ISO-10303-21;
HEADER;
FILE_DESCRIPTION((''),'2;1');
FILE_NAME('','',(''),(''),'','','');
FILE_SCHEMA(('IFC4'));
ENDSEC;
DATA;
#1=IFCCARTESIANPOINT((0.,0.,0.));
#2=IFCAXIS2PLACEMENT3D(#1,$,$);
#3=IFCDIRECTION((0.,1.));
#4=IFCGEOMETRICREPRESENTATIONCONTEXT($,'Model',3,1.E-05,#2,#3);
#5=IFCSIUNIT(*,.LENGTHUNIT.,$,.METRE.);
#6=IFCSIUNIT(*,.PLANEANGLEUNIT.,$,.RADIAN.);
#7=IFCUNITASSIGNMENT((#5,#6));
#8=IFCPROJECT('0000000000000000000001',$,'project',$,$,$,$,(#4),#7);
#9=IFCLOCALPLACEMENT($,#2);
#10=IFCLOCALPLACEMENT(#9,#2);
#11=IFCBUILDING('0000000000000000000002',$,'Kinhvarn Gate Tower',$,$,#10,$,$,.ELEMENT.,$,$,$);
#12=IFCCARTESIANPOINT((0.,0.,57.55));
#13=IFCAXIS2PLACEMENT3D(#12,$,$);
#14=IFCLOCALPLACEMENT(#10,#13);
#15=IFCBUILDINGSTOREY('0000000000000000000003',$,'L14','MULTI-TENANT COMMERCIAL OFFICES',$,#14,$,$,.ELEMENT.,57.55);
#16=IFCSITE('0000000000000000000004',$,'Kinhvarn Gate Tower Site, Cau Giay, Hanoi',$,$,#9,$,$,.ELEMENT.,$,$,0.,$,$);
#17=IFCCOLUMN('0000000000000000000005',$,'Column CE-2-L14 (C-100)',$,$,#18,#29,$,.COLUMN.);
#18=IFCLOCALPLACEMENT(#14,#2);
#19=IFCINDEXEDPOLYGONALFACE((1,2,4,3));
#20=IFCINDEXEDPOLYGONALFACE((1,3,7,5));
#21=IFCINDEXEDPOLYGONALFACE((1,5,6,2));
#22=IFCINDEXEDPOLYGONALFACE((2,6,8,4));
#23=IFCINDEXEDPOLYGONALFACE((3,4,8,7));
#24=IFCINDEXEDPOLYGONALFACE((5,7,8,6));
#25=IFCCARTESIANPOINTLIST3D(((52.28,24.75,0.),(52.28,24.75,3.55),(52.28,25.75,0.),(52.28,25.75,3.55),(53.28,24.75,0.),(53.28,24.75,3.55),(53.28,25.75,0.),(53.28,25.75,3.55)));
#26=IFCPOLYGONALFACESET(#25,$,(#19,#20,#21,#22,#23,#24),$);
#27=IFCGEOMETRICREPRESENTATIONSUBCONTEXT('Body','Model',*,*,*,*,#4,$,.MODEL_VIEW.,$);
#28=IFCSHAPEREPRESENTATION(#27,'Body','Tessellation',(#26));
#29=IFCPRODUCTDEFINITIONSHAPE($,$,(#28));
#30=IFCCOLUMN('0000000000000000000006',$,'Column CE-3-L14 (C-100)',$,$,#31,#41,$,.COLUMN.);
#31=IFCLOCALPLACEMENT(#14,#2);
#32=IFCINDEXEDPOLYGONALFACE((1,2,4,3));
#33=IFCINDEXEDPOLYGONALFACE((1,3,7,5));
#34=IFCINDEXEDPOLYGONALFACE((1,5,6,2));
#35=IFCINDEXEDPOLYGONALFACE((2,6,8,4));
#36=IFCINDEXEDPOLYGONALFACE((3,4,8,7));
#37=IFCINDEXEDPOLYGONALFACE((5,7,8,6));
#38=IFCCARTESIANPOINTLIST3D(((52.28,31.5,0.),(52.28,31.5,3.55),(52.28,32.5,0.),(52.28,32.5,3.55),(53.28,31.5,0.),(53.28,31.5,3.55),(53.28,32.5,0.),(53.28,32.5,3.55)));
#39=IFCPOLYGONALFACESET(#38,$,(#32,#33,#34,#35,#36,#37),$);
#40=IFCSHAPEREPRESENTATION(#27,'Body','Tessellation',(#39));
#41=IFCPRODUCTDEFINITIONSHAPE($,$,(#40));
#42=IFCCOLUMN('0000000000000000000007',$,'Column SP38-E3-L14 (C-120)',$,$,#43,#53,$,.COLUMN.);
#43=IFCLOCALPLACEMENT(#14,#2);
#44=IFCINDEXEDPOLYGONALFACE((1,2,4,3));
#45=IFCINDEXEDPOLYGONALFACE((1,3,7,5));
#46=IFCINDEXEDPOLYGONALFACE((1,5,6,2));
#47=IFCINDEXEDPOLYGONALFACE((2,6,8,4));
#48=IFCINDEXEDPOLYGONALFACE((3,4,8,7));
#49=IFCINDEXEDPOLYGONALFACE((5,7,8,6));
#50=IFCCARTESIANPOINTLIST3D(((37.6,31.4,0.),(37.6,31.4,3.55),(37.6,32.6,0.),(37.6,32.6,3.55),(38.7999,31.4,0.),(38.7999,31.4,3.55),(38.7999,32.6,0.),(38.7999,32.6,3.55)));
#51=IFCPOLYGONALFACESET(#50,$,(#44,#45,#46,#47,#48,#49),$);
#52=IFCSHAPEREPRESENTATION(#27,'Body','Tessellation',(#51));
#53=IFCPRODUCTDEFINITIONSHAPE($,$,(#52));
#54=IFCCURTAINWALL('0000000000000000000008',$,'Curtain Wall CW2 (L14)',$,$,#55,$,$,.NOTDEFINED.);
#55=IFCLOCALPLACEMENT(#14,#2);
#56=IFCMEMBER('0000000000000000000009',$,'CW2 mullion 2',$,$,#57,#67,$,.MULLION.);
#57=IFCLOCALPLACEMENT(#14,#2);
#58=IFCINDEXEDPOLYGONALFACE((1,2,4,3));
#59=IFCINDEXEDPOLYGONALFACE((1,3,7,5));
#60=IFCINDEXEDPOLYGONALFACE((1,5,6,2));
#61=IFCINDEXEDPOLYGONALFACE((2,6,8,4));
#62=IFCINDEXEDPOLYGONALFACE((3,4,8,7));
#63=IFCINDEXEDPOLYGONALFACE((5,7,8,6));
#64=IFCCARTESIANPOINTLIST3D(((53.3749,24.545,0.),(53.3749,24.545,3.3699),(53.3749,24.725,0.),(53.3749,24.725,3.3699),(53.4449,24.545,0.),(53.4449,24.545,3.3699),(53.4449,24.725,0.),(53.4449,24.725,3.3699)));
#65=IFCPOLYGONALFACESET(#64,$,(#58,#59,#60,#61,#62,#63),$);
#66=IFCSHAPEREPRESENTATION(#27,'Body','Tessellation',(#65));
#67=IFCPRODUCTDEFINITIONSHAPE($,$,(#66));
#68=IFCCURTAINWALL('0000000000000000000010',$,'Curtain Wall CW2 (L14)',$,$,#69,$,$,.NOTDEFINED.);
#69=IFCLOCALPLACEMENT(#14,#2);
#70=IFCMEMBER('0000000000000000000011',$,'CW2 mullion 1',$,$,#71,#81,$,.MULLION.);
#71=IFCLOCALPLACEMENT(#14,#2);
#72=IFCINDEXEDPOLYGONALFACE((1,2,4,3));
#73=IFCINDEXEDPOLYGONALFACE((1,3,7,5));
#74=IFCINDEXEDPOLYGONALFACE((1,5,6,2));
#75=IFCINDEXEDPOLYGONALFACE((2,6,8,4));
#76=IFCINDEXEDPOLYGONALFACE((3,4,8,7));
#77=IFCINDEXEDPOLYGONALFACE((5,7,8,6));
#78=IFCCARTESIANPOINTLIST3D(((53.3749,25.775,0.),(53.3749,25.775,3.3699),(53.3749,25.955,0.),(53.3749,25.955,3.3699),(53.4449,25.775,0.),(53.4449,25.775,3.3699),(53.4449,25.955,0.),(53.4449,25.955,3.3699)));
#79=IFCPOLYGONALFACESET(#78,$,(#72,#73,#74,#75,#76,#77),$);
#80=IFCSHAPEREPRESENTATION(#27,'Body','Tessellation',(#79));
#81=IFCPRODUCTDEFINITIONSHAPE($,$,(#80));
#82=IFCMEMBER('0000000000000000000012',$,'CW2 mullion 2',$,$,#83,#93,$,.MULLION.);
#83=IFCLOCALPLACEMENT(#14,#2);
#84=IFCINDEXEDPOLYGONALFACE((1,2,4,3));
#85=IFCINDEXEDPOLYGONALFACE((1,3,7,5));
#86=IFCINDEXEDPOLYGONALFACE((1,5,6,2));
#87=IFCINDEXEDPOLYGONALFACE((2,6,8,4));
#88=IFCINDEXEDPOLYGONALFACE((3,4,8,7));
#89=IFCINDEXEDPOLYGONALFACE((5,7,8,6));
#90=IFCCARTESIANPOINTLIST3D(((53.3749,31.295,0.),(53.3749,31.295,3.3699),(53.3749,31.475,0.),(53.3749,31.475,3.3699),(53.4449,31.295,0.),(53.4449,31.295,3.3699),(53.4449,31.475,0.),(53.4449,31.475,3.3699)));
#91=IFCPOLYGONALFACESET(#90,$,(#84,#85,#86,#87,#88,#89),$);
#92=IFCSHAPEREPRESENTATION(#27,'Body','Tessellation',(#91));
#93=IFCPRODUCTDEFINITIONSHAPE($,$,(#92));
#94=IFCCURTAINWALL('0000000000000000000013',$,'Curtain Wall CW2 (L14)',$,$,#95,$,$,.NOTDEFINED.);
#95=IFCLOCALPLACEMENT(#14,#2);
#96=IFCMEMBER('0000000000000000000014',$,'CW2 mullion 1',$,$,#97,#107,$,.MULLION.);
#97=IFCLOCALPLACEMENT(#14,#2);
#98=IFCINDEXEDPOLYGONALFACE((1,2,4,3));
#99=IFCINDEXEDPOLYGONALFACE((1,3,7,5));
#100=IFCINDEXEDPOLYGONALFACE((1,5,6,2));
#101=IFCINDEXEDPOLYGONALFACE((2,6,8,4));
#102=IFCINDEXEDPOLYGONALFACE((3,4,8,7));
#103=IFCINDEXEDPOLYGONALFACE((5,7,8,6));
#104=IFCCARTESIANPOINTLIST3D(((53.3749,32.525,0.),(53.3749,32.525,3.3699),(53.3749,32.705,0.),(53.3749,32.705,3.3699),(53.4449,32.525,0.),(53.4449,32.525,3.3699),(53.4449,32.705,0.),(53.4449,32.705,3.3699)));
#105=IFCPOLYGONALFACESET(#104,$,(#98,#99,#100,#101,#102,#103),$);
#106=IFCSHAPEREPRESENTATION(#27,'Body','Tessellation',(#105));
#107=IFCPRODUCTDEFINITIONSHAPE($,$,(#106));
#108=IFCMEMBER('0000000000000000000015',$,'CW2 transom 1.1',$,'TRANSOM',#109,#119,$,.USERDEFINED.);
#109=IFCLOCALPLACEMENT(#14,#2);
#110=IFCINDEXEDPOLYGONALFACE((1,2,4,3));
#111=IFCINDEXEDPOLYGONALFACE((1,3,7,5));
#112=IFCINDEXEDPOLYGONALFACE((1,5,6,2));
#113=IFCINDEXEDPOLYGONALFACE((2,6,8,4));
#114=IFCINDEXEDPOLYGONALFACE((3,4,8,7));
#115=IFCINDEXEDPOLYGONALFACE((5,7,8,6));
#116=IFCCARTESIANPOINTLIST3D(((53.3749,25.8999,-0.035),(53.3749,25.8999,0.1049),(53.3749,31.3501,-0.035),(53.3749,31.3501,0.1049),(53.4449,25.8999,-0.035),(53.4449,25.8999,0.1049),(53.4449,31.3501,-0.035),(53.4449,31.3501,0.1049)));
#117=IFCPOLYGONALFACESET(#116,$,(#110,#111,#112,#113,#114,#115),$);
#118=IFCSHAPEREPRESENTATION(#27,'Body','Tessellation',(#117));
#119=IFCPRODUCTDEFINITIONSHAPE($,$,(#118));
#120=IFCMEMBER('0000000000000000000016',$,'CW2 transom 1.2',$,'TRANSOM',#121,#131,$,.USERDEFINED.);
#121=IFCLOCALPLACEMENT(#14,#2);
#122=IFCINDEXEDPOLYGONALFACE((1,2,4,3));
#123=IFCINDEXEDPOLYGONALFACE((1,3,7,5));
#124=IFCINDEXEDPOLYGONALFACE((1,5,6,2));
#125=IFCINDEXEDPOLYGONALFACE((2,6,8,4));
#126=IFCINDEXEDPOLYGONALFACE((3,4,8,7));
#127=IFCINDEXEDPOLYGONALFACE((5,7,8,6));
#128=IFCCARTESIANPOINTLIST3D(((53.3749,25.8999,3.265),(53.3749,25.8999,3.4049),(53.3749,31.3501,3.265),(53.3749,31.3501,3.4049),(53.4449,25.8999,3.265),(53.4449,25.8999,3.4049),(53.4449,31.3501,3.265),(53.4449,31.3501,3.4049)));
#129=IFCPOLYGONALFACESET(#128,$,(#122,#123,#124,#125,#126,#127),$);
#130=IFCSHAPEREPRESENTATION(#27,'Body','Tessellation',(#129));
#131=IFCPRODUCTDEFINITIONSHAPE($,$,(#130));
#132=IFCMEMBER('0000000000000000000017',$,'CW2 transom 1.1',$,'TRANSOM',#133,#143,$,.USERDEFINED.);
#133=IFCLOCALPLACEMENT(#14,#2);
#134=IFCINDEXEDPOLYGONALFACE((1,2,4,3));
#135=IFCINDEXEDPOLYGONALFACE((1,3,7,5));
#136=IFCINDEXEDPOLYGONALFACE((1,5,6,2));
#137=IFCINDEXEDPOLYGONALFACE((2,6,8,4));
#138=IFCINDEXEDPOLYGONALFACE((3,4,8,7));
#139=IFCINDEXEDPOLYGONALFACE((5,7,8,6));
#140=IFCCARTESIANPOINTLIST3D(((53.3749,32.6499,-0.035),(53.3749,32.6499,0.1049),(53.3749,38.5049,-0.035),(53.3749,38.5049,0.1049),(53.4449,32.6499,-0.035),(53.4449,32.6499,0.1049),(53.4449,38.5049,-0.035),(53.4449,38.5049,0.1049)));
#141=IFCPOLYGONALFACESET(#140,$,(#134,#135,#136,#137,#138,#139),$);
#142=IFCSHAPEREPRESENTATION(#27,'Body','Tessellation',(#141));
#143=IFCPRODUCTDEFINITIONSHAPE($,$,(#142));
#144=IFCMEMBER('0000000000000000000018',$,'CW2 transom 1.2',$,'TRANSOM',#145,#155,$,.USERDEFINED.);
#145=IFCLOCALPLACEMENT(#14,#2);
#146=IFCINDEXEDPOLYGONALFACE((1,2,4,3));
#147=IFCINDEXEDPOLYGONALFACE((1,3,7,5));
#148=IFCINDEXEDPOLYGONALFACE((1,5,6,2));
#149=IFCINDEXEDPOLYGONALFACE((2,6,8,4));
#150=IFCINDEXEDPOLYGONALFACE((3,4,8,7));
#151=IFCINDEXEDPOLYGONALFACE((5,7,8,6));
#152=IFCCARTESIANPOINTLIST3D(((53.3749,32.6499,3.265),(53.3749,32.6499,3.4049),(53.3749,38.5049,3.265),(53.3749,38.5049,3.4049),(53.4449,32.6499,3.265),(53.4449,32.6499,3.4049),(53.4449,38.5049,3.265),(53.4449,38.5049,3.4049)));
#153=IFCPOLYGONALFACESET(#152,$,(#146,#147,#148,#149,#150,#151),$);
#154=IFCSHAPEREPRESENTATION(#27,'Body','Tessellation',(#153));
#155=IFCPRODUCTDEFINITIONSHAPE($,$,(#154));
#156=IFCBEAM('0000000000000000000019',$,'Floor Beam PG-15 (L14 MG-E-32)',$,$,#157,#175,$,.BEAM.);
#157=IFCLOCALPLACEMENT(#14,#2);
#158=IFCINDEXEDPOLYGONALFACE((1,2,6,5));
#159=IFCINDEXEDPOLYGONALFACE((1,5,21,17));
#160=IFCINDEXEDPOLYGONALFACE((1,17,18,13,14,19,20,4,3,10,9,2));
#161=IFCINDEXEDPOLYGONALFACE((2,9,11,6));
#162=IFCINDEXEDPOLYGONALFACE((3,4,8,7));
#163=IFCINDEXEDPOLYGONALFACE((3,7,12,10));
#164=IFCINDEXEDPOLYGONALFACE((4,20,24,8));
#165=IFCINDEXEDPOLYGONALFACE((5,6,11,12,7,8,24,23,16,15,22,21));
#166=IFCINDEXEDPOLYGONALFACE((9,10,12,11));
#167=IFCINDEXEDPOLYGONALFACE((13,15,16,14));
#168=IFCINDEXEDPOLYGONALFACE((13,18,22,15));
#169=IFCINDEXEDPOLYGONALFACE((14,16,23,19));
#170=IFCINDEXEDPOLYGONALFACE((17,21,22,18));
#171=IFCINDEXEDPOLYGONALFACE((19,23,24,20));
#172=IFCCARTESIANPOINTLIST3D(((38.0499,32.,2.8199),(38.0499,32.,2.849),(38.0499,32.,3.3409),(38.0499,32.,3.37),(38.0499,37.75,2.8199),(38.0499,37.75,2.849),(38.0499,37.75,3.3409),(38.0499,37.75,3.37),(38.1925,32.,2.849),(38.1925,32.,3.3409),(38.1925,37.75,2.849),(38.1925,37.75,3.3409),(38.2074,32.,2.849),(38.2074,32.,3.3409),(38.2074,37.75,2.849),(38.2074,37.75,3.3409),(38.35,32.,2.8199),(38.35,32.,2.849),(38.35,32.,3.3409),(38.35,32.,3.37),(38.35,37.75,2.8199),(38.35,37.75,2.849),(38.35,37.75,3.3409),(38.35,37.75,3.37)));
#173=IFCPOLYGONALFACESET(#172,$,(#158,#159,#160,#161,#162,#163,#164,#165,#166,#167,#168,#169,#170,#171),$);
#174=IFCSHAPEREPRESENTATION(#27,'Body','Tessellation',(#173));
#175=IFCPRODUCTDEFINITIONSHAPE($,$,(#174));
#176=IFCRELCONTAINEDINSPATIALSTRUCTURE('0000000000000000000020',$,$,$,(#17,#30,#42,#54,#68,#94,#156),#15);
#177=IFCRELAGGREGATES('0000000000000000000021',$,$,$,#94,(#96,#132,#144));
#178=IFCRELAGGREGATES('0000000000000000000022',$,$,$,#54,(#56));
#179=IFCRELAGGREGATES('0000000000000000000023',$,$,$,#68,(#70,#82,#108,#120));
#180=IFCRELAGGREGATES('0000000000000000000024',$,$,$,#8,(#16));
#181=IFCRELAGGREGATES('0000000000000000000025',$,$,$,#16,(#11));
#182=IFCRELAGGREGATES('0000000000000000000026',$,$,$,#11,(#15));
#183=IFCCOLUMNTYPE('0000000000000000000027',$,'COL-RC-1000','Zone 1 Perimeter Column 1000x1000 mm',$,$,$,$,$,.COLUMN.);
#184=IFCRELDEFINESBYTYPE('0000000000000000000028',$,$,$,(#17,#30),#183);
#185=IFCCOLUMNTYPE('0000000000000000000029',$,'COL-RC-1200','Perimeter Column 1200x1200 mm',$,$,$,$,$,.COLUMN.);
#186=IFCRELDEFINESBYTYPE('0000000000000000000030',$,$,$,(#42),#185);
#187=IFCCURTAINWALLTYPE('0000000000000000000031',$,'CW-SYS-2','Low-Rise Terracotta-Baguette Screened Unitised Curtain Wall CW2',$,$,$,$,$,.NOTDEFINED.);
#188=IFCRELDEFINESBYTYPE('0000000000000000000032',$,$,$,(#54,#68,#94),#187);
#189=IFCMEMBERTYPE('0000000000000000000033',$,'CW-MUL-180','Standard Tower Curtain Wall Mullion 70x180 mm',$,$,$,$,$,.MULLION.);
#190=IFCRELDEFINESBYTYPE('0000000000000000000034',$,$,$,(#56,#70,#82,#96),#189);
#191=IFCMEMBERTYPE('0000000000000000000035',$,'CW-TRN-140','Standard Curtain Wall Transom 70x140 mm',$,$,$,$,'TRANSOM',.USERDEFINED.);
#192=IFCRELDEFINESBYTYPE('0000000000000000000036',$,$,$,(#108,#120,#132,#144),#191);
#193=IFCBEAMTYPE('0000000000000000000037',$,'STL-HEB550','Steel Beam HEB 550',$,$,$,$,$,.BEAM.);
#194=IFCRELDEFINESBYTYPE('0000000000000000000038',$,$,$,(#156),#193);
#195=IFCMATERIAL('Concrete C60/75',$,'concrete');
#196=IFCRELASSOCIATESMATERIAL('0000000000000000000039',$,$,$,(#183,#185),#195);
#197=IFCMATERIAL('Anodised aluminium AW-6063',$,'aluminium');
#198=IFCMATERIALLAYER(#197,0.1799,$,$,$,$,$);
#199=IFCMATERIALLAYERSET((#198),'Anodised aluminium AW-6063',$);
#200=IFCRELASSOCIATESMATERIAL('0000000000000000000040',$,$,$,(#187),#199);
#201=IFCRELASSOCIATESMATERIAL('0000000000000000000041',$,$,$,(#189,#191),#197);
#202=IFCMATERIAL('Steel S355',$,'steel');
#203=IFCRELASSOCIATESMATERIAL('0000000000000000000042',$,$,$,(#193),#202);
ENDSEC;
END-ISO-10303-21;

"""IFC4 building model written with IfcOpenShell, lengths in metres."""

from ifc_helpers import new_model, si_unit, direction, frame, origin, origin_2d, place, context, subcontext, project, spatial, rectangle, i_section, extrude, material, layer, layer_set, material_profile, profile_set, type_object, element, aggregate, save


model = new_model("IFC4")

# Units and contexts
model_context = context("Model", 3, precision=1e-05, world=origin(), true_north=direction((0.0, 1.0)))
body_context = subcontext(model_context, "Body", "Model", "MODEL_VIEW")
ifc_project = project(units=[si_unit("LENGTHUNIT", "METRE"), si_unit("PLANEANGLEUNIT", "RADIAN")], contexts=[model_context])

# Site, building, storey
site_placement = place(None, origin())
site = spatial("IfcSite", under=ifc_project, at=site_placement, Name="Kinhvarn Gate Tower Site, Cau Giay, Hanoi", CompositionType="ELEMENT", RefElevation=0.0)
building_placement = place(site_placement, origin())
building = spatial("IfcBuilding", under=site, at=building_placement, Name="Kinhvarn Gate Tower", CompositionType="ELEMENT")
storey_placement = place(building_placement, frame((0.0, 0.0, 57.55)))
storey = spatial("IfcBuildingStorey", under=building, at=storey_placement, Name="L14", Description="MULTI-TENANT COMMERCIAL OFFICES", CompositionType="ELEMENT", Elevation=57.55)

# Columns
ifc_material_1 = material(Name="Concrete C60/75", Category="concrete")
ifc_material_profile_1 = material_profile(ifc_material_1, rectangle(XDim=1.0, YDim=1.0, at=origin_2d()), Name="RC 1000x1000")
ifc_profile_set_1 = profile_set([ifc_material_profile_1], Name="Concrete C60/75")
column_type_1 = type_object("IfcColumnType", Name="COL-RC-1000", Description="Zone 1 Perimeter Column 1000x1000 mm", PredefinedType="COLUMN", material=ifc_profile_set_1)
for number, where, z_axis, x_axis, name in (
    (1, (52.78, 25.25, 0.0), (0.0, 0.0, 1.0), (1.0, 0.0, 0.0), "Column CE-2-L14 (C-100)"),
    (2, (52.78, 32.0, 0.0), (0.0, 0.0, 1.0), (1.0, 0.0, 0.0), "Column CE-3-L14 (C-100)"),
):
    element("IfcColumn", number, at=place(storey_placement, frame(where, z_axis=z_axis, x_axis=x_axis)), inside=storey, type_object=column_type_1, Name=name, PredefinedType="COLUMN", context=body_context, shape_type="SweptSolid", body=[
        extrude(rectangle(XDim=1.0, YDim=1.0, at=origin_2d()), origin(), (0.0, 0.0, 1.0), 3.55),
    ])
ifc_material_profile_2 = material_profile(ifc_material_1, rectangle(XDim=1.2, YDim=1.2, at=origin_2d()), Name="RC 1200x1200")
ifc_profile_set_2 = profile_set([ifc_material_profile_2], Name="Concrete C60/75")
column_type_2 = type_object("IfcColumnType", Name="COL-RC-1200", Description="Perimeter Column 1200x1200 mm", PredefinedType="COLUMN", material=ifc_profile_set_2)
column_placement = place(storey_placement, frame((38.2, 32.0, 0.0), z_axis=(0.0, 0.0, 1.0), x_axis=(1.0, 0.0, 0.0)))
element("IfcColumn", 3, at=column_placement, inside=storey, type_object=column_type_2, Name="Column SP38-E3-L14 (C-120)", PredefinedType="COLUMN", context=body_context, shape_type="SweptSolid", body=[
    extrude(rectangle(XDim=1.2, YDim=1.2, at=origin_2d()), origin(), (0.0, 0.0, 1.0), 3.55),
])

# Curtain wall, member
ifc_material_2 = material(Name="Anodised aluminium AW-6063", Category="aluminium")
ifc_layer_1 = layer(ifc_material_2, 0.1799)
ifc_layer_set_1 = layer_set([ifc_layer_1], Name="Anodised aluminium AW-6063")
curtain_wall_type = type_object("IfcCurtainWallType", Name="CW-SYS-2", Description="Low-Rise Terracotta-Baguette Screened Unitised Curtain Wall CW2", PredefinedType="NOTDEFINED", material=ifc_layer_set_1)
curtain_wall_1_placement = place(storey_placement, origin())
curtain_wall_1 = element("IfcCurtainWall", 4, at=curtain_wall_1_placement, inside=storey, type_object=curtain_wall_type, Name="Curtain Wall CW2 (L14)", PredefinedType="NOTDEFINED")
ifc_material_profile_3 = material_profile(ifc_material_2, rectangle(XDim=0.0701, YDim=0.1799, at=origin_2d()), Name="ALU 70x180")
ifc_profile_set_3 = profile_set([ifc_material_profile_3], Name="Anodised aluminium AW-6063")
member_type_1 = type_object("IfcMemberType", Name="CW-MUL-180", Description="Standard Tower Curtain Wall Mullion 70x180 mm", PredefinedType="MULLION", material=ifc_profile_set_3)
member_1_placement = place(storey_placement, frame((53.4099, 24.635, 0.0), z_axis=(0.0, 0.0, 1.0), x_axis=(-1.0, 0.0, 0.0)))
member_1 = element("IfcMember", 5, at=member_1_placement, type_object=member_type_1, Name="CW2 mullion 2", PredefinedType="MULLION", context=body_context, shape_type="SweptSolid", body=[
    extrude(rectangle(XDim=0.0701, YDim=0.1799, at=origin_2d()), origin(), (0.0, 0.0, 1.0), 3.3699),
])

# Curtain wall, members
curtain_wall_2_placement = place(storey_placement, origin())
curtain_wall_2 = element("IfcCurtainWall", 6, at=curtain_wall_2_placement, inside=storey, type_object=curtain_wall_type, Name="Curtain Wall CW2 (L14)", PredefinedType="NOTDEFINED")
member_2_placement = place(storey_placement, frame((53.4099, 25.865, 0.0), z_axis=(0.0, 0.0, 1.0), x_axis=(-1.0, 0.0, 0.0)))
member_2 = element("IfcMember", 7, at=member_2_placement, type_object=member_type_1, Name="CW2 mullion 1", PredefinedType="MULLION", context=body_context, shape_type="SweptSolid", body=[
    extrude(rectangle(XDim=0.0701, YDim=0.1799, at=origin_2d()), origin(), (0.0, 0.0, 1.0), 3.3699),
])
member_3_placement = place(storey_placement, frame((53.4099, 31.385, 0.0), z_axis=(0.0, 0.0, 1.0), x_axis=(-1.0, 0.0, 0.0)))
member_3 = element("IfcMember", 8, at=member_3_placement, type_object=member_type_1, Name="CW2 mullion 2", PredefinedType="MULLION", context=body_context, shape_type="SweptSolid", body=[
    extrude(rectangle(XDim=0.0701, YDim=0.1799, at=origin_2d()), origin(), (0.0, 0.0, 1.0), 3.3699),
])

# Curtain wall, member
curtain_wall_3_placement = place(storey_placement, origin())
curtain_wall_3 = element("IfcCurtainWall", 9, at=curtain_wall_3_placement, inside=storey, type_object=curtain_wall_type, Name="Curtain Wall CW2 (L14)", PredefinedType="NOTDEFINED")
member_4_placement = place(storey_placement, frame((53.4099, 32.615, 0.0), z_axis=(0.0, 0.0, 1.0), x_axis=(-1.0, 0.0, 0.0)))
member_4 = element("IfcMember", 10, at=member_4_placement, type_object=member_type_1, Name="CW2 mullion 1", PredefinedType="MULLION", context=body_context, shape_type="SweptSolid", body=[
    extrude(rectangle(XDim=0.0701, YDim=0.1799, at=origin_2d()), origin(), (0.0, 0.0, 1.0), 3.3699),
])

# Members
ifc_material_profile_4 = material_profile(ifc_material_2, rectangle(XDim=0.0701, YDim=0.1399, at=origin_2d()), Name="ALU 70x140")
ifc_profile_set_4 = profile_set([ifc_material_profile_4], Name="Anodised aluminium AW-6063")
member_type_2 = type_object("IfcMemberType", Name="CW-TRN-140", Description="Standard Curtain Wall Transom 70x140 mm", ElementType="TRANSOM", PredefinedType="USERDEFINED", material=ifc_profile_set_4)
member_5_placement = place(storey_placement, frame((53.4099, 25.8999, 0.0349), z_axis=(0.0, 1.0, 0.0), x_axis=(-1.0, 0.0, 0.0)))
member_5 = element("IfcMember", 11, at=member_5_placement, type_object=member_type_2, Name="CW2 transom 1.1", ObjectType="TRANSOM", PredefinedType="USERDEFINED", context=body_context, shape_type="SweptSolid", body=[
    extrude(rectangle(XDim=0.0701, YDim=0.1399, at=origin_2d()), origin(), (0.0, 0.0, 1.0), 5.4502),
])
member_6_placement = place(storey_placement, frame((53.4099, 25.8999, 3.335), z_axis=(0.0, 1.0, 0.0), x_axis=(-1.0, 0.0, 0.0)))
member_6 = element("IfcMember", 12, at=member_6_placement, type_object=member_type_2, Name="CW2 transom 1.2", ObjectType="TRANSOM", PredefinedType="USERDEFINED", context=body_context, shape_type="SweptSolid", body=[
    extrude(rectangle(XDim=0.0701, YDim=0.1399, at=origin_2d()), origin(), (0.0, 0.0, 1.0), 5.4502),
])
member_7_placement = place(storey_placement, frame((53.4099, 32.6499, 0.0349), z_axis=(0.0, 1.0, 0.0), x_axis=(-1.0, 0.0, 0.0)))
member_7 = element("IfcMember", 13, at=member_7_placement, type_object=member_type_2, Name="CW2 transom 1.1", ObjectType="TRANSOM", PredefinedType="USERDEFINED", context=body_context, shape_type="SweptSolid", body=[
    extrude(rectangle(XDim=0.0701, YDim=0.1399, at=origin_2d()), origin(), (0.0, 0.0, 1.0), 5.855),
])
member_8_placement = place(storey_placement, frame((53.4099, 32.6499, 3.335), z_axis=(0.0, 1.0, 0.0), x_axis=(-1.0, 0.0, 0.0)))
member_8 = element("IfcMember", 14, at=member_8_placement, type_object=member_type_2, Name="CW2 transom 1.2", ObjectType="TRANSOM", PredefinedType="USERDEFINED", context=body_context, shape_type="SweptSolid", body=[
    extrude(rectangle(XDim=0.0701, YDim=0.1399, at=origin_2d()), origin(), (0.0, 0.0, 1.0), 5.855),
])
aggregate(curtain_wall_3, [member_4, member_7, member_8])

# Beam
ifc_material_3 = material(Name="Steel S355", Category="steel")
ifc_material_profile_5 = material_profile(ifc_material_3, i_section(OverallWidth=0.3, OverallDepth=0.55, WebThickness=0.0149, FlangeThickness=0.0291, at=origin_2d()), Name="HEB 550")
ifc_profile_set_5 = profile_set([ifc_material_profile_5], Name="Steel S355")
beam_type_1 = type_object("IfcBeamType", Name="STL-HEB550", Description="Steel Beam HEB 550", PredefinedType="BEAM", material=ifc_profile_set_5)
beam_1_placement = place(storey_placement, frame((38.2, 32.0, 3.095), z_axis=(0.0, 1.0, 0.0), x_axis=(-1.0, 0.0, 0.0)))
element("IfcBeam", 15, at=beam_1_placement, inside=storey, type_object=beam_type_1, Name="Floor Beam PG-15 (L14 MG-E-32)", PredefinedType="BEAM", context=body_context, shape_type="SweptSolid", body=[
    extrude(i_section(OverallWidth=0.3, OverallDepth=0.55, WebThickness=0.0149, FlangeThickness=0.0291, at=origin_2d()), origin(), (0.0, 0.0, 1.0), 5.75),
])

aggregate(curtain_wall_1, [member_1])
aggregate(curtain_wall_2, [member_2, member_3, member_5, member_6])

save(model, "model.ifc")
